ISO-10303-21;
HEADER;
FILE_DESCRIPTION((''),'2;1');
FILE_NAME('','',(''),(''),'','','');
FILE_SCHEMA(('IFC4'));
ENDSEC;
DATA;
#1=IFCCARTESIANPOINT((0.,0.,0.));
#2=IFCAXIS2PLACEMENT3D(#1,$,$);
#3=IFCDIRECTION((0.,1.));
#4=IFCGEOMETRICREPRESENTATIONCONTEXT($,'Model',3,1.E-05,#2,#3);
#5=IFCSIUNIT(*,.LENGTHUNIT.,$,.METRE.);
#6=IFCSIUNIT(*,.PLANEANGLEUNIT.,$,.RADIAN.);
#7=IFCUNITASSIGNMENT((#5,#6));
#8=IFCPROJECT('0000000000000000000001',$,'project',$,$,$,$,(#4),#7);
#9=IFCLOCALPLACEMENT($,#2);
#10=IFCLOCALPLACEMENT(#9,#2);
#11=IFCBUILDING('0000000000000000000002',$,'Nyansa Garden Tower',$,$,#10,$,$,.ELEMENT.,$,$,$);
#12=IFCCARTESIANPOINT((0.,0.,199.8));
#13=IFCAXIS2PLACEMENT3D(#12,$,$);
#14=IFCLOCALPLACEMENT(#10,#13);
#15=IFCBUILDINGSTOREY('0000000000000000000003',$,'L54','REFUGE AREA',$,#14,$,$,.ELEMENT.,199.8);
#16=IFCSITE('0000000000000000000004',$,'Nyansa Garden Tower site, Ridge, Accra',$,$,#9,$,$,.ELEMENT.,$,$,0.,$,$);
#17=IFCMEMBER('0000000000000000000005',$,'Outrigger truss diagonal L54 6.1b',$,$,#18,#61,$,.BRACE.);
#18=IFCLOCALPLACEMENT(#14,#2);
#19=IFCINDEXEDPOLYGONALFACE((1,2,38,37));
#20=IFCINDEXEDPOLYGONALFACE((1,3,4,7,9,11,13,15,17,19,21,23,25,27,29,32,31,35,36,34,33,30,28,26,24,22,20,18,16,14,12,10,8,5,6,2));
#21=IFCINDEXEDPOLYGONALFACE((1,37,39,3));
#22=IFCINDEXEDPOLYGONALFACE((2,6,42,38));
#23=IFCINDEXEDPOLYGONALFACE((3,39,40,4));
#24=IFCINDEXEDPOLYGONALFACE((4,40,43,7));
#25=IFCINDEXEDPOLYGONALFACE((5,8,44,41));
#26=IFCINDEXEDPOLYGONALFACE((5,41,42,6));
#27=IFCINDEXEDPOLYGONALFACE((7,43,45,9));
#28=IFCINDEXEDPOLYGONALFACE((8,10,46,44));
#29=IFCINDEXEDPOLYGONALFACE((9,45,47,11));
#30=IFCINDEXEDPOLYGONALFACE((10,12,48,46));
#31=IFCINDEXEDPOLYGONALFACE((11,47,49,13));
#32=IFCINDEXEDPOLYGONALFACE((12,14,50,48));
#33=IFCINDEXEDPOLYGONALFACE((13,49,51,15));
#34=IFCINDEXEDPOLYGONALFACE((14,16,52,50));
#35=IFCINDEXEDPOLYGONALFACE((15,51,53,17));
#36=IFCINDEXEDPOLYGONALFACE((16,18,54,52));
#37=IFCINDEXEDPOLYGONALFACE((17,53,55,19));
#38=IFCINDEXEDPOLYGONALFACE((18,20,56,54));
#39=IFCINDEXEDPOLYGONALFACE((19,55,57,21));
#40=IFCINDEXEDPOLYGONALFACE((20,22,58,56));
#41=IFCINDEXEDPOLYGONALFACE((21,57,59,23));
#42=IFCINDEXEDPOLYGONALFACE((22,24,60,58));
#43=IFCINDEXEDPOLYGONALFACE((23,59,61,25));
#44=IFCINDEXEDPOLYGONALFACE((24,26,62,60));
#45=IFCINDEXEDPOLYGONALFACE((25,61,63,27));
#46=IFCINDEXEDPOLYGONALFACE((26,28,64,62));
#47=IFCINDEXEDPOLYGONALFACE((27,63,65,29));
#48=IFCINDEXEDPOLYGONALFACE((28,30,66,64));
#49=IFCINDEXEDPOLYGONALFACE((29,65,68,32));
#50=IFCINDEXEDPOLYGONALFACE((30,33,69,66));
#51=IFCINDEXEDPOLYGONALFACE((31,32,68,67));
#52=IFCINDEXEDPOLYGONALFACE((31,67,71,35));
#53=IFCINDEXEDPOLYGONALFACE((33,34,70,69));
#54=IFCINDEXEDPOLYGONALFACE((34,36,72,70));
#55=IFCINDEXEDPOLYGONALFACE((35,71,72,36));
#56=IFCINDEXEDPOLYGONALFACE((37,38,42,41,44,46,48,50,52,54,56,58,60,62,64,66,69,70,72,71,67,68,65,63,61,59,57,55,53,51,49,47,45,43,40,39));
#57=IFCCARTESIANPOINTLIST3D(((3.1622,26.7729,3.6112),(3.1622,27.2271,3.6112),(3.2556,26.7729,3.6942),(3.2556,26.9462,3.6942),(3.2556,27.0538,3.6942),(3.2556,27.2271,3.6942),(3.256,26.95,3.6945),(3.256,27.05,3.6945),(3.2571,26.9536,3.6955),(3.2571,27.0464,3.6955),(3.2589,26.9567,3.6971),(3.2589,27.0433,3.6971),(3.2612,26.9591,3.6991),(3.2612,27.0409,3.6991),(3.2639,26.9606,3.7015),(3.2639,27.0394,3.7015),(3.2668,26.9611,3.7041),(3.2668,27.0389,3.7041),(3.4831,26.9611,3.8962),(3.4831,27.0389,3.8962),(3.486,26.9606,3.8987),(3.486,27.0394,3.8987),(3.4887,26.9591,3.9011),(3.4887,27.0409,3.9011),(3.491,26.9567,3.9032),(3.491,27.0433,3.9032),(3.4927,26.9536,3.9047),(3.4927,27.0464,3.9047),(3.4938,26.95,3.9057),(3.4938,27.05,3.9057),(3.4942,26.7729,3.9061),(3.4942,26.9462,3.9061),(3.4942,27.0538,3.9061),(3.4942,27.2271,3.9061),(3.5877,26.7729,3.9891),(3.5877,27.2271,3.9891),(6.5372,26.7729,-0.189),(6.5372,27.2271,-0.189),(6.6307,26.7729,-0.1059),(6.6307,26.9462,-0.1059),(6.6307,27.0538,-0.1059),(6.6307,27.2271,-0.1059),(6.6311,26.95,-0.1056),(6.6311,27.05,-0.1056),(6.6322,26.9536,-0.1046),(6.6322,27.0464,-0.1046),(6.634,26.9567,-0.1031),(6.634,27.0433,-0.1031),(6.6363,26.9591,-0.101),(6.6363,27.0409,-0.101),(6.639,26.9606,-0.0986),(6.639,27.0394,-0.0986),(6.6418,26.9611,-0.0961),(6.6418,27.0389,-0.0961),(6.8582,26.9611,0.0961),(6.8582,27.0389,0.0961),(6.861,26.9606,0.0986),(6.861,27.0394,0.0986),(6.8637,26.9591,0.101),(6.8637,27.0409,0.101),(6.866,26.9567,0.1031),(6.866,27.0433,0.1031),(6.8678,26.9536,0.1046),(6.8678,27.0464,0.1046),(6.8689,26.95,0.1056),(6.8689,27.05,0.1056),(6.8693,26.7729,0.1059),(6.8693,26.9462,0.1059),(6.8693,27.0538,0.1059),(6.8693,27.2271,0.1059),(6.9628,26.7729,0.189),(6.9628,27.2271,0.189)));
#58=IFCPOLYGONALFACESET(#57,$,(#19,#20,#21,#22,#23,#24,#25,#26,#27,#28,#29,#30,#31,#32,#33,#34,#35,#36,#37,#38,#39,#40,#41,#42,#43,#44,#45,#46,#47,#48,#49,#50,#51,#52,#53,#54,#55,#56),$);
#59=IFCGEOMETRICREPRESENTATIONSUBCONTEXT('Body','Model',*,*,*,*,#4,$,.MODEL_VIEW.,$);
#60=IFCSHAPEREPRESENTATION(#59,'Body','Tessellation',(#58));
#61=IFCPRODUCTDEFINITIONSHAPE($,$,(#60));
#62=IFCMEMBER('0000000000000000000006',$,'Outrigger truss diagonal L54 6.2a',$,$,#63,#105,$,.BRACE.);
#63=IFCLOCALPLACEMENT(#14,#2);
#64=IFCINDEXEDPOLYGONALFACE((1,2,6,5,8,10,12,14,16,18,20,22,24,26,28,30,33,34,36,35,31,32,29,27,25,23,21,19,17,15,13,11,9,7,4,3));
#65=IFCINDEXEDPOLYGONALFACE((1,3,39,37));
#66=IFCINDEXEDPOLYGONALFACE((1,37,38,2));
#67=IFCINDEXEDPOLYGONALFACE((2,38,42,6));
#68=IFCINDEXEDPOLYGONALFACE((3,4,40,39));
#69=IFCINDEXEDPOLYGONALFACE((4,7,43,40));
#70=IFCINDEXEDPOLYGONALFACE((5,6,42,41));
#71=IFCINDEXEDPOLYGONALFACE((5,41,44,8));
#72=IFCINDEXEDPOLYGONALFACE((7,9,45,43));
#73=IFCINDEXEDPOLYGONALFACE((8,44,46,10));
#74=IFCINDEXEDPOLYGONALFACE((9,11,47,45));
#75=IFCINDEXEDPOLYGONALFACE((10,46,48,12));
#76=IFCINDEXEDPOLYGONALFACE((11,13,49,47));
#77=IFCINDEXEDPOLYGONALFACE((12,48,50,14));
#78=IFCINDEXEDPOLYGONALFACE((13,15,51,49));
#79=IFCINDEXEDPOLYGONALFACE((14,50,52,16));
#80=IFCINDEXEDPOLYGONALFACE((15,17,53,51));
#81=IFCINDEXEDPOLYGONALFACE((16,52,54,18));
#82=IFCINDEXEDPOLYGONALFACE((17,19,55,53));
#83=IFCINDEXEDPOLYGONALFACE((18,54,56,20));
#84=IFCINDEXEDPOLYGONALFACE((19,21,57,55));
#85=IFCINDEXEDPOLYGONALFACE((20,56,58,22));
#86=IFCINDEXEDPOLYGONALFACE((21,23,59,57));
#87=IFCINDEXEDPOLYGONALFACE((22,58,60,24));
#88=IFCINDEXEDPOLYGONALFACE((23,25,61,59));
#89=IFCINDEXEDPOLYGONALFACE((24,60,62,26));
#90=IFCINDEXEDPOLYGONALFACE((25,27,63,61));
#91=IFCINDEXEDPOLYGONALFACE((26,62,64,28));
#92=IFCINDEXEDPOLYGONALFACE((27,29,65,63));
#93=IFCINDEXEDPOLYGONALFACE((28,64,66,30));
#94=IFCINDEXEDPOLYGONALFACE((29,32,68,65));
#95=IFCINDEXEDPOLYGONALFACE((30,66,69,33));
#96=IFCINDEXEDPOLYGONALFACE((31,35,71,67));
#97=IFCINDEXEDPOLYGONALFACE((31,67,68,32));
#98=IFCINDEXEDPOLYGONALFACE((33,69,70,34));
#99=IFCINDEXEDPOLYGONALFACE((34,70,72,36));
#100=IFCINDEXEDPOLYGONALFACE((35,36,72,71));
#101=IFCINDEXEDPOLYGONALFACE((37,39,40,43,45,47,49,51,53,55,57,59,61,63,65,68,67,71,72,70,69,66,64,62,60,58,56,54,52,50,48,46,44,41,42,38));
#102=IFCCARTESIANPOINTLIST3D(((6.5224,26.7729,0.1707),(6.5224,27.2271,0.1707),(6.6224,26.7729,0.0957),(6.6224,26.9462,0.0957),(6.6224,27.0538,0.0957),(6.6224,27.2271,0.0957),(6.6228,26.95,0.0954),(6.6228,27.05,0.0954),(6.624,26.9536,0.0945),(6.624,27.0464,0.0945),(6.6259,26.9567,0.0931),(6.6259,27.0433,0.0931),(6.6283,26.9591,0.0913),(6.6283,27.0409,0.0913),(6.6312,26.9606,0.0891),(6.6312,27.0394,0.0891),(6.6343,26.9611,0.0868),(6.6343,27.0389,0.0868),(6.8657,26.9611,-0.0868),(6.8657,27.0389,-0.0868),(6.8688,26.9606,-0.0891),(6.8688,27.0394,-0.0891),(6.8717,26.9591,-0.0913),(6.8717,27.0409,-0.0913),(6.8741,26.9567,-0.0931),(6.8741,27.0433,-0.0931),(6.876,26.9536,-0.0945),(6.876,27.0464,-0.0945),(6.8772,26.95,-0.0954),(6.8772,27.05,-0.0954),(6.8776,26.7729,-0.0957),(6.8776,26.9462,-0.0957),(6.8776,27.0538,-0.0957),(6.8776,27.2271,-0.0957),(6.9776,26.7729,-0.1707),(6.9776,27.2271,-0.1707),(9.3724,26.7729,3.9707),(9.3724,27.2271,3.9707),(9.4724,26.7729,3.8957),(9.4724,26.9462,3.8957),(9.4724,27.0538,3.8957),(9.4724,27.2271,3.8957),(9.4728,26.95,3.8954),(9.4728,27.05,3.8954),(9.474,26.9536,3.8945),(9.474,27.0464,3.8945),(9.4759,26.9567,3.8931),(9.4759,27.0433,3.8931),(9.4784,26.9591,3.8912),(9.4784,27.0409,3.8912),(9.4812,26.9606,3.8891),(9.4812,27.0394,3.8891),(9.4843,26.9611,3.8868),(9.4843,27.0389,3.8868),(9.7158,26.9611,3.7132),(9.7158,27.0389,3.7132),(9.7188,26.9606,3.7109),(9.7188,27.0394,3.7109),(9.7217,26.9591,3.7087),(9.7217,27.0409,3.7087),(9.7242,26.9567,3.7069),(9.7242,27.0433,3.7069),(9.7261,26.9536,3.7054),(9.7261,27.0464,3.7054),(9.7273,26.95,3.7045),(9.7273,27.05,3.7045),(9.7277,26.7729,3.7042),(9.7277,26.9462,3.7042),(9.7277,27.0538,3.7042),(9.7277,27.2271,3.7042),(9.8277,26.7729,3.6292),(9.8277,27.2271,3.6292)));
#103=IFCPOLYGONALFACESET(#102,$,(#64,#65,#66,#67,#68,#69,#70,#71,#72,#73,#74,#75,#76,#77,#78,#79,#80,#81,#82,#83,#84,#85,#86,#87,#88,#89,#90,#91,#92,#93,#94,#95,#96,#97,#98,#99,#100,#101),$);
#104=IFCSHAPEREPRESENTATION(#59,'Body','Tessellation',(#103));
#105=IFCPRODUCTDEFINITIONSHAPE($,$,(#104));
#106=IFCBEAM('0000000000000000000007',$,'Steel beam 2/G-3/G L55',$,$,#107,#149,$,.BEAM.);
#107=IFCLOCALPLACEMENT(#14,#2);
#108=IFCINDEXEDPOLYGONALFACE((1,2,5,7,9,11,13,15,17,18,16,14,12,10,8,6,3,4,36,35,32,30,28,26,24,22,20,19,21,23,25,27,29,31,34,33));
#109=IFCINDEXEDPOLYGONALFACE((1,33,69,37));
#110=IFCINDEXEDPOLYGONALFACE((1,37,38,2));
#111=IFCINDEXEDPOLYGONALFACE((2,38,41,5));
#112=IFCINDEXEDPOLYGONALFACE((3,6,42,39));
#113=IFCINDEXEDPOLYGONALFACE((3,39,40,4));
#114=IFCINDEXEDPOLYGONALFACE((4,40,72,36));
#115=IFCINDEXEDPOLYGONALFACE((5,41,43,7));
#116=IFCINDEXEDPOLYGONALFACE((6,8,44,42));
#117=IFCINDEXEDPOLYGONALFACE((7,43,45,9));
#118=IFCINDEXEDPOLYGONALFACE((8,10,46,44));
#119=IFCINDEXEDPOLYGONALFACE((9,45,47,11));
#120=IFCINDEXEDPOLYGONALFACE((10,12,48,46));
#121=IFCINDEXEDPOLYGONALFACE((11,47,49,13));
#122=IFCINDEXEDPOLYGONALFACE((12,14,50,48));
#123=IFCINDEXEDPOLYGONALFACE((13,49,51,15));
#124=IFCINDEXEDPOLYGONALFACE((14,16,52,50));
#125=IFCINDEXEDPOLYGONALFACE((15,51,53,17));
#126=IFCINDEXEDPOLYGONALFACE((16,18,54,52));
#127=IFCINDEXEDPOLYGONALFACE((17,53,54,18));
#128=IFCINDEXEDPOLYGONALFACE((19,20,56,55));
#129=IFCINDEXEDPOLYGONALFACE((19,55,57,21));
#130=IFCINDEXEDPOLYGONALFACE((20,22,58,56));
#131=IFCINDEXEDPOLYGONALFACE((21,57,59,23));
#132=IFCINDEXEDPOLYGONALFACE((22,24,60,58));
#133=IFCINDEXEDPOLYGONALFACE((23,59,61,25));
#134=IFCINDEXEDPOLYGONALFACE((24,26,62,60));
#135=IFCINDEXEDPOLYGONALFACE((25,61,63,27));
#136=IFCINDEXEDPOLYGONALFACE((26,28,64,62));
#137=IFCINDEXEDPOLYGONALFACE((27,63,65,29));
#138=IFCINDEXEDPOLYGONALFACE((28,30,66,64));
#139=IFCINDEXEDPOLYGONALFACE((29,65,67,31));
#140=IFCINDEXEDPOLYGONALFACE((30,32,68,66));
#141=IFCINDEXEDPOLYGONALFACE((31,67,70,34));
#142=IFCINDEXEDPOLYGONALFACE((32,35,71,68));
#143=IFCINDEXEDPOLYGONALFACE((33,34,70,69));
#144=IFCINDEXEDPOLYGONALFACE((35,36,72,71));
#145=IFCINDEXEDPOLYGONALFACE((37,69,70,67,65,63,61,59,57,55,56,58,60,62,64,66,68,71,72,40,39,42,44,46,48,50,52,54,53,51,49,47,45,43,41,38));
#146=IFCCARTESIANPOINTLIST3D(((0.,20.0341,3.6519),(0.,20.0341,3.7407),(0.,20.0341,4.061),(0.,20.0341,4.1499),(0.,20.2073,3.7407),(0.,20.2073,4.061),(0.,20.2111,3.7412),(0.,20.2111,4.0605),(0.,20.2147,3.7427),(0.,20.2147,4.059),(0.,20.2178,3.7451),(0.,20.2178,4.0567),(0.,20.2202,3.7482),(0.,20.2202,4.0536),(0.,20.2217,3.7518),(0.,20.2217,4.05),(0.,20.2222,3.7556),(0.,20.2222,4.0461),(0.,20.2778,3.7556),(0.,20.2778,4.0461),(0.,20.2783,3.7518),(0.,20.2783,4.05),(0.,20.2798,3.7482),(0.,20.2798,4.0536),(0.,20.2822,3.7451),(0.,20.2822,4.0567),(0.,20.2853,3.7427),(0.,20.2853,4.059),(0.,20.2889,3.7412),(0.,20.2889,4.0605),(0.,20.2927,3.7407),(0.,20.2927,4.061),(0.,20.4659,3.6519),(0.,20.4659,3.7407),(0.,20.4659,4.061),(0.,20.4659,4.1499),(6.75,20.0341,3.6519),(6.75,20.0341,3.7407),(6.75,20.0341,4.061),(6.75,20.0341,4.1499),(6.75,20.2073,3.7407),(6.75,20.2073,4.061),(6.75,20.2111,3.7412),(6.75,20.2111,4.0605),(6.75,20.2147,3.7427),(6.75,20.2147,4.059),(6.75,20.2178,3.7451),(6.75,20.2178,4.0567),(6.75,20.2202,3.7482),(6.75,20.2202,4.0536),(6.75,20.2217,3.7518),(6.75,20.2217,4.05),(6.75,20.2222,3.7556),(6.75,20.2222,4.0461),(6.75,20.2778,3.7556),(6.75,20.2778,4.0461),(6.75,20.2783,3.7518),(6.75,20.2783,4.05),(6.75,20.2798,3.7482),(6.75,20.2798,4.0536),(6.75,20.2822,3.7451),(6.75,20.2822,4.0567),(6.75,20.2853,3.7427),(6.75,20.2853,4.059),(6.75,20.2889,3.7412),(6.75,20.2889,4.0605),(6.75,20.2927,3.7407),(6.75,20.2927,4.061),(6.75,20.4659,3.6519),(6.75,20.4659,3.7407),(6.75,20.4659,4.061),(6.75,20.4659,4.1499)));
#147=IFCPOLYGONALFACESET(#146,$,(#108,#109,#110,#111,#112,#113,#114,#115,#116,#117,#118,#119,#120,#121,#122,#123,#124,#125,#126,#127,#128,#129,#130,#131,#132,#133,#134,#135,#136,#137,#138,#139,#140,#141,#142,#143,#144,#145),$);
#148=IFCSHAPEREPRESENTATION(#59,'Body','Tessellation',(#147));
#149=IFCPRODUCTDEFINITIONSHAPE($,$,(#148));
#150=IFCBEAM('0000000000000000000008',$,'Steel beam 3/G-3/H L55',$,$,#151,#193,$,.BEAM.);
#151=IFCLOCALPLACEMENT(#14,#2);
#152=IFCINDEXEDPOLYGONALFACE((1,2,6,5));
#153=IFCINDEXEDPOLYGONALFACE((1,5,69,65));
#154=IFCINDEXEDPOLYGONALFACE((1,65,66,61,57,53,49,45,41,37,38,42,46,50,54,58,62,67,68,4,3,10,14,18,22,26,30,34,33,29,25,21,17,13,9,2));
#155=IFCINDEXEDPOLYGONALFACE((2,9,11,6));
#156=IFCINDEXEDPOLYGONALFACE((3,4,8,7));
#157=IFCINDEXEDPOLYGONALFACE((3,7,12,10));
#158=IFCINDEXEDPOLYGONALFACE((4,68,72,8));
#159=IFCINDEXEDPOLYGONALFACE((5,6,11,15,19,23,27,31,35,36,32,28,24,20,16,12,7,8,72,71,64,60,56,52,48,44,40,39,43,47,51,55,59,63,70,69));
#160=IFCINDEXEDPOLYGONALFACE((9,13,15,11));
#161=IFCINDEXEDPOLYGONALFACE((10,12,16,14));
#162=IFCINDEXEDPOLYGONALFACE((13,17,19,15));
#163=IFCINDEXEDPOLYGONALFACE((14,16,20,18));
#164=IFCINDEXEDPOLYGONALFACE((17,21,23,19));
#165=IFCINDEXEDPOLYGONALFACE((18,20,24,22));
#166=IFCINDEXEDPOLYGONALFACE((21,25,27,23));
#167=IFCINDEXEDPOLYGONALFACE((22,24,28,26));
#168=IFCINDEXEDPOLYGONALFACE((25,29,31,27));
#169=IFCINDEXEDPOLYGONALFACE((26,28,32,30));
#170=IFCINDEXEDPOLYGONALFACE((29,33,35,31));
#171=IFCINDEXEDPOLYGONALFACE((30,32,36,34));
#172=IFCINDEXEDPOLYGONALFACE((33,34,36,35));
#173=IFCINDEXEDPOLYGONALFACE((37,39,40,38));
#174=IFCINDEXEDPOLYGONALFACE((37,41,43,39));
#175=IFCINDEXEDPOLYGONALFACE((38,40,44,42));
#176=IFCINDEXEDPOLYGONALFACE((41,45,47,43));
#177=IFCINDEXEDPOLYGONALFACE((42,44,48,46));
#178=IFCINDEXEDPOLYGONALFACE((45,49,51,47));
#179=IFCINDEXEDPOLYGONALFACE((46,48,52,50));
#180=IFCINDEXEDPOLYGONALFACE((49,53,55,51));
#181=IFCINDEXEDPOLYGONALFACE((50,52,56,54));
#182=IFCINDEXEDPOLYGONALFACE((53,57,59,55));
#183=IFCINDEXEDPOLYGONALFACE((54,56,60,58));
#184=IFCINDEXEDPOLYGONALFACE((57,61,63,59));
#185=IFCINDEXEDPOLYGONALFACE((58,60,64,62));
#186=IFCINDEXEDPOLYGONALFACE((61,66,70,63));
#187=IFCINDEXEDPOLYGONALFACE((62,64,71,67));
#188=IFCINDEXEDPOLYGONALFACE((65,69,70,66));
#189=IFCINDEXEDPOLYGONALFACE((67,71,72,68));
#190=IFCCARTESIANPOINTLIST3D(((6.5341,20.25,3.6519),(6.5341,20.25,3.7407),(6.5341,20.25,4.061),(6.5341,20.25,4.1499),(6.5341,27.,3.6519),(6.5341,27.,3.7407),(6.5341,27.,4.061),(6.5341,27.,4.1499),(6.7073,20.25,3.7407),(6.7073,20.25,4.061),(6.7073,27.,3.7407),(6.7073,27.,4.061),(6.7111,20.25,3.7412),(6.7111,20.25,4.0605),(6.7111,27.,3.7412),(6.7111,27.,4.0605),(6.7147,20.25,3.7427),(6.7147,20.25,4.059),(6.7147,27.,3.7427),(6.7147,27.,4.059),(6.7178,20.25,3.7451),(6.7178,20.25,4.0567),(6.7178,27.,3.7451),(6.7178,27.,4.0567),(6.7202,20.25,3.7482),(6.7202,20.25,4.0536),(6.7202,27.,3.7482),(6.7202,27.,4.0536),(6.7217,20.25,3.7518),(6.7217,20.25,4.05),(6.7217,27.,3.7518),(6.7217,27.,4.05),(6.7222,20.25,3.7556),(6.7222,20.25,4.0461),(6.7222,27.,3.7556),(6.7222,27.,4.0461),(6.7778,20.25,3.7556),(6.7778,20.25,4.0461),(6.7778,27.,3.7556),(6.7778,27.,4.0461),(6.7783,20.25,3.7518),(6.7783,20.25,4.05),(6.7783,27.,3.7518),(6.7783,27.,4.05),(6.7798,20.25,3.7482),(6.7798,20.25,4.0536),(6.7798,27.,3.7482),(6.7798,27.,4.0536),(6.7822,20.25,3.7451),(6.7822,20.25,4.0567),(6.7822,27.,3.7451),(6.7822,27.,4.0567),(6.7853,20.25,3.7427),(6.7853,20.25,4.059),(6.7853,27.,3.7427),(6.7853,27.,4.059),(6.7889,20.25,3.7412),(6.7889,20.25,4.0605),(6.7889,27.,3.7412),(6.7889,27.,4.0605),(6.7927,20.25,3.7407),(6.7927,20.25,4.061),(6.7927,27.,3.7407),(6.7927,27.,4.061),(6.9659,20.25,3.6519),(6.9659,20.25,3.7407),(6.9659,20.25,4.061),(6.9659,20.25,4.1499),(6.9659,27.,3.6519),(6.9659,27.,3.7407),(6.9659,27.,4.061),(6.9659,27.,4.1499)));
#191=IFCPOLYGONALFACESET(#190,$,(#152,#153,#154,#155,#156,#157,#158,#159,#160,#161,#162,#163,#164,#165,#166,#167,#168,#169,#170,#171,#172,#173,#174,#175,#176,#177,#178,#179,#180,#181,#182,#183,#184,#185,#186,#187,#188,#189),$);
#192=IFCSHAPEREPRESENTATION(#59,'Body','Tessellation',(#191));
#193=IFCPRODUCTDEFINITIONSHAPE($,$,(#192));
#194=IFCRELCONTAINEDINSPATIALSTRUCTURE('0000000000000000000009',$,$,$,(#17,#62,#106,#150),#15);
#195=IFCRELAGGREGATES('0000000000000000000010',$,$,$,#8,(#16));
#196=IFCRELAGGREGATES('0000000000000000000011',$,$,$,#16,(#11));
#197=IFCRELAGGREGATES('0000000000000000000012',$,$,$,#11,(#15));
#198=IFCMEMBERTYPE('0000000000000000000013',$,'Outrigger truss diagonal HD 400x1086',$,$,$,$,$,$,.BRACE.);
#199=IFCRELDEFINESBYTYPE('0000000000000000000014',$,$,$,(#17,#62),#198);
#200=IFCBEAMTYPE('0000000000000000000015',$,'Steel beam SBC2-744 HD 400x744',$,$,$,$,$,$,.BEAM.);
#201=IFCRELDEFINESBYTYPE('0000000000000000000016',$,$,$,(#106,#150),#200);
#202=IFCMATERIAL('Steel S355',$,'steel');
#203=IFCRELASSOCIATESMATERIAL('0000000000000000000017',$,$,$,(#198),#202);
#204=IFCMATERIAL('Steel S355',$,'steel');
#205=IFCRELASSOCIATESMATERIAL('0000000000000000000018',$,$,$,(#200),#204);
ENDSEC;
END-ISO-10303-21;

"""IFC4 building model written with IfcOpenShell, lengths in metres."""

from ifc_helpers import new_model, si_unit, direction, frame, origin, origin_2d, place, context, subcontext, project, spatial, i_section, extrude, material, material_profile, profile_set, type_object, element, save


model = new_model("IFC4")

# Units and contexts
model_context = context("Model", 3, precision=1e-05, world=origin(), true_north=direction((0.0, 1.0)))
body_context = subcontext(model_context, "Body", "Model", "MODEL_VIEW")
ifc_project = project(units=[si_unit("LENGTHUNIT", "METRE"), si_unit("PLANEANGLEUNIT", "RADIAN")], contexts=[model_context])

# Site, building, storey
site_placement = place(None, origin())
site = spatial("IfcSite", under=ifc_project, at=site_placement, Name="Nyansa Garden Tower site, Ridge, Accra", CompositionType="ELEMENT", RefElevation=0.0)
building_placement = place(site_placement, origin())
building = spatial("IfcBuilding", under=site, at=building_placement, Name="Nyansa Garden Tower", CompositionType="ELEMENT")
storey_placement = place(building_placement, frame((0.0, 0.0, 199.8)))
storey = spatial("IfcBuildingStorey", under=building, at=storey_placement, Name="L54", Description="REFUGE AREA", CompositionType="ELEMENT", Elevation=199.8)

# Members
ifc_material_1 = material(Name="Steel S355", Category="steel")
ifc_material_profile_1 = material_profile(ifc_material_1, i_section(OverallWidth=0.4541, OverallDepth=0.5691, WebThickness=0.0779, FlangeThickness=0.125, FilletRadius=0.0149, at=origin_2d()), Name="HD 400x1086")
ifc_profile_set_1 = profile_set([ifc_material_profile_1], Name="Steel S355")
member_type_1 = type_object("IfcMemberType", Name="Outrigger truss diagonal HD 400x1086", PredefinedType="BRACE", material=ifc_profile_set_1)
for number, where, z_axis, x_axis, name in (
    (1, (6.75, 27.0, 0.0), (-0.664054, 0.0, 0.747685), (0.0, -1.0, 0.0), "Outrigger truss diagonal L54 6.1b"),
):
    element("IfcMember", number, at=place(storey_placement, frame(where, z_axis=z_axis, x_axis=x_axis)), inside=storey, type_object=member_type_1, Name=name, PredefinedType="BRACE", context=body_context, shape_type="SweptSolid", body=[
        extrude(i_section(OverallWidth=0.4541, OverallDepth=0.5691, WebThickness=0.0779, FlangeThickness=0.125, FilletRadius=0.0149, at=origin_2d()), origin(), (0.0, 0.0, 1.0), 5.0825),
    ])
member_1_placement = place(storey_placement, frame((6.75, 27.0, 0.0), z_axis=(0.600008, 0.0, 0.799994), x_axis=(0.0, 1.0, 0.0)))
element("IfcMember", 2, at=member_1_placement, inside=storey, type_object=member_type_1, Name="Outrigger truss diagonal L54 6.2a", PredefinedType="BRACE", context=body_context, shape_type="SweptSolid", body=[
    extrude(i_section(OverallWidth=0.4541, OverallDepth=0.5691, WebThickness=0.0779, FlangeThickness=0.125, FilletRadius=0.0149, at=origin_2d()), origin(), (0.0, 0.0, 1.0), 4.75),
])

# Beams
ifc_material_2 = material(Name="Steel S355", Category="steel")
ifc_material_profile_2 = material_profile(ifc_material_2, i_section(OverallWidth=0.4319, OverallDepth=0.498, WebThickness=0.0557, FlangeThickness=0.0889, FilletRadius=0.0149, at=origin_2d()), Name="HD 400x744")
ifc_profile_set_2 = profile_set([ifc_material_profile_2], Name="Steel S355")
beam_type_1 = type_object("IfcBeamType", Name="Steel beam SBC2-744 HD 400x744", PredefinedType="BEAM", material=ifc_profile_set_2)
for number, where, z_axis, x_axis, name in (
    (3, (0.0, 20.25, 3.9009), (1.0, 0.0, 0.0), (0.0, 1.0, 0.0), "Steel beam 2/G-3/G L55"),
    (4, (6.75, 20.25, 3.9009), (0.0, 1.0, 0.0), (-1.0, 0.0, 0.0), "Steel beam 3/G-3/H L55"),
):
    element("IfcBeam", number, at=place(storey_placement, frame(where, z_axis=z_axis, x_axis=x_axis)), inside=storey, type_object=beam_type_1, Name=name, PredefinedType="BEAM", context=body_context, shape_type="SweptSolid", body=[
        extrude(i_section(OverallWidth=0.4319, OverallDepth=0.498, WebThickness=0.0557, FlangeThickness=0.0889, FilletRadius=0.0149, at=origin_2d()), origin(), (0.0, 0.0, 1.0), 6.75),
    ])

save(model, "model.ifc")
